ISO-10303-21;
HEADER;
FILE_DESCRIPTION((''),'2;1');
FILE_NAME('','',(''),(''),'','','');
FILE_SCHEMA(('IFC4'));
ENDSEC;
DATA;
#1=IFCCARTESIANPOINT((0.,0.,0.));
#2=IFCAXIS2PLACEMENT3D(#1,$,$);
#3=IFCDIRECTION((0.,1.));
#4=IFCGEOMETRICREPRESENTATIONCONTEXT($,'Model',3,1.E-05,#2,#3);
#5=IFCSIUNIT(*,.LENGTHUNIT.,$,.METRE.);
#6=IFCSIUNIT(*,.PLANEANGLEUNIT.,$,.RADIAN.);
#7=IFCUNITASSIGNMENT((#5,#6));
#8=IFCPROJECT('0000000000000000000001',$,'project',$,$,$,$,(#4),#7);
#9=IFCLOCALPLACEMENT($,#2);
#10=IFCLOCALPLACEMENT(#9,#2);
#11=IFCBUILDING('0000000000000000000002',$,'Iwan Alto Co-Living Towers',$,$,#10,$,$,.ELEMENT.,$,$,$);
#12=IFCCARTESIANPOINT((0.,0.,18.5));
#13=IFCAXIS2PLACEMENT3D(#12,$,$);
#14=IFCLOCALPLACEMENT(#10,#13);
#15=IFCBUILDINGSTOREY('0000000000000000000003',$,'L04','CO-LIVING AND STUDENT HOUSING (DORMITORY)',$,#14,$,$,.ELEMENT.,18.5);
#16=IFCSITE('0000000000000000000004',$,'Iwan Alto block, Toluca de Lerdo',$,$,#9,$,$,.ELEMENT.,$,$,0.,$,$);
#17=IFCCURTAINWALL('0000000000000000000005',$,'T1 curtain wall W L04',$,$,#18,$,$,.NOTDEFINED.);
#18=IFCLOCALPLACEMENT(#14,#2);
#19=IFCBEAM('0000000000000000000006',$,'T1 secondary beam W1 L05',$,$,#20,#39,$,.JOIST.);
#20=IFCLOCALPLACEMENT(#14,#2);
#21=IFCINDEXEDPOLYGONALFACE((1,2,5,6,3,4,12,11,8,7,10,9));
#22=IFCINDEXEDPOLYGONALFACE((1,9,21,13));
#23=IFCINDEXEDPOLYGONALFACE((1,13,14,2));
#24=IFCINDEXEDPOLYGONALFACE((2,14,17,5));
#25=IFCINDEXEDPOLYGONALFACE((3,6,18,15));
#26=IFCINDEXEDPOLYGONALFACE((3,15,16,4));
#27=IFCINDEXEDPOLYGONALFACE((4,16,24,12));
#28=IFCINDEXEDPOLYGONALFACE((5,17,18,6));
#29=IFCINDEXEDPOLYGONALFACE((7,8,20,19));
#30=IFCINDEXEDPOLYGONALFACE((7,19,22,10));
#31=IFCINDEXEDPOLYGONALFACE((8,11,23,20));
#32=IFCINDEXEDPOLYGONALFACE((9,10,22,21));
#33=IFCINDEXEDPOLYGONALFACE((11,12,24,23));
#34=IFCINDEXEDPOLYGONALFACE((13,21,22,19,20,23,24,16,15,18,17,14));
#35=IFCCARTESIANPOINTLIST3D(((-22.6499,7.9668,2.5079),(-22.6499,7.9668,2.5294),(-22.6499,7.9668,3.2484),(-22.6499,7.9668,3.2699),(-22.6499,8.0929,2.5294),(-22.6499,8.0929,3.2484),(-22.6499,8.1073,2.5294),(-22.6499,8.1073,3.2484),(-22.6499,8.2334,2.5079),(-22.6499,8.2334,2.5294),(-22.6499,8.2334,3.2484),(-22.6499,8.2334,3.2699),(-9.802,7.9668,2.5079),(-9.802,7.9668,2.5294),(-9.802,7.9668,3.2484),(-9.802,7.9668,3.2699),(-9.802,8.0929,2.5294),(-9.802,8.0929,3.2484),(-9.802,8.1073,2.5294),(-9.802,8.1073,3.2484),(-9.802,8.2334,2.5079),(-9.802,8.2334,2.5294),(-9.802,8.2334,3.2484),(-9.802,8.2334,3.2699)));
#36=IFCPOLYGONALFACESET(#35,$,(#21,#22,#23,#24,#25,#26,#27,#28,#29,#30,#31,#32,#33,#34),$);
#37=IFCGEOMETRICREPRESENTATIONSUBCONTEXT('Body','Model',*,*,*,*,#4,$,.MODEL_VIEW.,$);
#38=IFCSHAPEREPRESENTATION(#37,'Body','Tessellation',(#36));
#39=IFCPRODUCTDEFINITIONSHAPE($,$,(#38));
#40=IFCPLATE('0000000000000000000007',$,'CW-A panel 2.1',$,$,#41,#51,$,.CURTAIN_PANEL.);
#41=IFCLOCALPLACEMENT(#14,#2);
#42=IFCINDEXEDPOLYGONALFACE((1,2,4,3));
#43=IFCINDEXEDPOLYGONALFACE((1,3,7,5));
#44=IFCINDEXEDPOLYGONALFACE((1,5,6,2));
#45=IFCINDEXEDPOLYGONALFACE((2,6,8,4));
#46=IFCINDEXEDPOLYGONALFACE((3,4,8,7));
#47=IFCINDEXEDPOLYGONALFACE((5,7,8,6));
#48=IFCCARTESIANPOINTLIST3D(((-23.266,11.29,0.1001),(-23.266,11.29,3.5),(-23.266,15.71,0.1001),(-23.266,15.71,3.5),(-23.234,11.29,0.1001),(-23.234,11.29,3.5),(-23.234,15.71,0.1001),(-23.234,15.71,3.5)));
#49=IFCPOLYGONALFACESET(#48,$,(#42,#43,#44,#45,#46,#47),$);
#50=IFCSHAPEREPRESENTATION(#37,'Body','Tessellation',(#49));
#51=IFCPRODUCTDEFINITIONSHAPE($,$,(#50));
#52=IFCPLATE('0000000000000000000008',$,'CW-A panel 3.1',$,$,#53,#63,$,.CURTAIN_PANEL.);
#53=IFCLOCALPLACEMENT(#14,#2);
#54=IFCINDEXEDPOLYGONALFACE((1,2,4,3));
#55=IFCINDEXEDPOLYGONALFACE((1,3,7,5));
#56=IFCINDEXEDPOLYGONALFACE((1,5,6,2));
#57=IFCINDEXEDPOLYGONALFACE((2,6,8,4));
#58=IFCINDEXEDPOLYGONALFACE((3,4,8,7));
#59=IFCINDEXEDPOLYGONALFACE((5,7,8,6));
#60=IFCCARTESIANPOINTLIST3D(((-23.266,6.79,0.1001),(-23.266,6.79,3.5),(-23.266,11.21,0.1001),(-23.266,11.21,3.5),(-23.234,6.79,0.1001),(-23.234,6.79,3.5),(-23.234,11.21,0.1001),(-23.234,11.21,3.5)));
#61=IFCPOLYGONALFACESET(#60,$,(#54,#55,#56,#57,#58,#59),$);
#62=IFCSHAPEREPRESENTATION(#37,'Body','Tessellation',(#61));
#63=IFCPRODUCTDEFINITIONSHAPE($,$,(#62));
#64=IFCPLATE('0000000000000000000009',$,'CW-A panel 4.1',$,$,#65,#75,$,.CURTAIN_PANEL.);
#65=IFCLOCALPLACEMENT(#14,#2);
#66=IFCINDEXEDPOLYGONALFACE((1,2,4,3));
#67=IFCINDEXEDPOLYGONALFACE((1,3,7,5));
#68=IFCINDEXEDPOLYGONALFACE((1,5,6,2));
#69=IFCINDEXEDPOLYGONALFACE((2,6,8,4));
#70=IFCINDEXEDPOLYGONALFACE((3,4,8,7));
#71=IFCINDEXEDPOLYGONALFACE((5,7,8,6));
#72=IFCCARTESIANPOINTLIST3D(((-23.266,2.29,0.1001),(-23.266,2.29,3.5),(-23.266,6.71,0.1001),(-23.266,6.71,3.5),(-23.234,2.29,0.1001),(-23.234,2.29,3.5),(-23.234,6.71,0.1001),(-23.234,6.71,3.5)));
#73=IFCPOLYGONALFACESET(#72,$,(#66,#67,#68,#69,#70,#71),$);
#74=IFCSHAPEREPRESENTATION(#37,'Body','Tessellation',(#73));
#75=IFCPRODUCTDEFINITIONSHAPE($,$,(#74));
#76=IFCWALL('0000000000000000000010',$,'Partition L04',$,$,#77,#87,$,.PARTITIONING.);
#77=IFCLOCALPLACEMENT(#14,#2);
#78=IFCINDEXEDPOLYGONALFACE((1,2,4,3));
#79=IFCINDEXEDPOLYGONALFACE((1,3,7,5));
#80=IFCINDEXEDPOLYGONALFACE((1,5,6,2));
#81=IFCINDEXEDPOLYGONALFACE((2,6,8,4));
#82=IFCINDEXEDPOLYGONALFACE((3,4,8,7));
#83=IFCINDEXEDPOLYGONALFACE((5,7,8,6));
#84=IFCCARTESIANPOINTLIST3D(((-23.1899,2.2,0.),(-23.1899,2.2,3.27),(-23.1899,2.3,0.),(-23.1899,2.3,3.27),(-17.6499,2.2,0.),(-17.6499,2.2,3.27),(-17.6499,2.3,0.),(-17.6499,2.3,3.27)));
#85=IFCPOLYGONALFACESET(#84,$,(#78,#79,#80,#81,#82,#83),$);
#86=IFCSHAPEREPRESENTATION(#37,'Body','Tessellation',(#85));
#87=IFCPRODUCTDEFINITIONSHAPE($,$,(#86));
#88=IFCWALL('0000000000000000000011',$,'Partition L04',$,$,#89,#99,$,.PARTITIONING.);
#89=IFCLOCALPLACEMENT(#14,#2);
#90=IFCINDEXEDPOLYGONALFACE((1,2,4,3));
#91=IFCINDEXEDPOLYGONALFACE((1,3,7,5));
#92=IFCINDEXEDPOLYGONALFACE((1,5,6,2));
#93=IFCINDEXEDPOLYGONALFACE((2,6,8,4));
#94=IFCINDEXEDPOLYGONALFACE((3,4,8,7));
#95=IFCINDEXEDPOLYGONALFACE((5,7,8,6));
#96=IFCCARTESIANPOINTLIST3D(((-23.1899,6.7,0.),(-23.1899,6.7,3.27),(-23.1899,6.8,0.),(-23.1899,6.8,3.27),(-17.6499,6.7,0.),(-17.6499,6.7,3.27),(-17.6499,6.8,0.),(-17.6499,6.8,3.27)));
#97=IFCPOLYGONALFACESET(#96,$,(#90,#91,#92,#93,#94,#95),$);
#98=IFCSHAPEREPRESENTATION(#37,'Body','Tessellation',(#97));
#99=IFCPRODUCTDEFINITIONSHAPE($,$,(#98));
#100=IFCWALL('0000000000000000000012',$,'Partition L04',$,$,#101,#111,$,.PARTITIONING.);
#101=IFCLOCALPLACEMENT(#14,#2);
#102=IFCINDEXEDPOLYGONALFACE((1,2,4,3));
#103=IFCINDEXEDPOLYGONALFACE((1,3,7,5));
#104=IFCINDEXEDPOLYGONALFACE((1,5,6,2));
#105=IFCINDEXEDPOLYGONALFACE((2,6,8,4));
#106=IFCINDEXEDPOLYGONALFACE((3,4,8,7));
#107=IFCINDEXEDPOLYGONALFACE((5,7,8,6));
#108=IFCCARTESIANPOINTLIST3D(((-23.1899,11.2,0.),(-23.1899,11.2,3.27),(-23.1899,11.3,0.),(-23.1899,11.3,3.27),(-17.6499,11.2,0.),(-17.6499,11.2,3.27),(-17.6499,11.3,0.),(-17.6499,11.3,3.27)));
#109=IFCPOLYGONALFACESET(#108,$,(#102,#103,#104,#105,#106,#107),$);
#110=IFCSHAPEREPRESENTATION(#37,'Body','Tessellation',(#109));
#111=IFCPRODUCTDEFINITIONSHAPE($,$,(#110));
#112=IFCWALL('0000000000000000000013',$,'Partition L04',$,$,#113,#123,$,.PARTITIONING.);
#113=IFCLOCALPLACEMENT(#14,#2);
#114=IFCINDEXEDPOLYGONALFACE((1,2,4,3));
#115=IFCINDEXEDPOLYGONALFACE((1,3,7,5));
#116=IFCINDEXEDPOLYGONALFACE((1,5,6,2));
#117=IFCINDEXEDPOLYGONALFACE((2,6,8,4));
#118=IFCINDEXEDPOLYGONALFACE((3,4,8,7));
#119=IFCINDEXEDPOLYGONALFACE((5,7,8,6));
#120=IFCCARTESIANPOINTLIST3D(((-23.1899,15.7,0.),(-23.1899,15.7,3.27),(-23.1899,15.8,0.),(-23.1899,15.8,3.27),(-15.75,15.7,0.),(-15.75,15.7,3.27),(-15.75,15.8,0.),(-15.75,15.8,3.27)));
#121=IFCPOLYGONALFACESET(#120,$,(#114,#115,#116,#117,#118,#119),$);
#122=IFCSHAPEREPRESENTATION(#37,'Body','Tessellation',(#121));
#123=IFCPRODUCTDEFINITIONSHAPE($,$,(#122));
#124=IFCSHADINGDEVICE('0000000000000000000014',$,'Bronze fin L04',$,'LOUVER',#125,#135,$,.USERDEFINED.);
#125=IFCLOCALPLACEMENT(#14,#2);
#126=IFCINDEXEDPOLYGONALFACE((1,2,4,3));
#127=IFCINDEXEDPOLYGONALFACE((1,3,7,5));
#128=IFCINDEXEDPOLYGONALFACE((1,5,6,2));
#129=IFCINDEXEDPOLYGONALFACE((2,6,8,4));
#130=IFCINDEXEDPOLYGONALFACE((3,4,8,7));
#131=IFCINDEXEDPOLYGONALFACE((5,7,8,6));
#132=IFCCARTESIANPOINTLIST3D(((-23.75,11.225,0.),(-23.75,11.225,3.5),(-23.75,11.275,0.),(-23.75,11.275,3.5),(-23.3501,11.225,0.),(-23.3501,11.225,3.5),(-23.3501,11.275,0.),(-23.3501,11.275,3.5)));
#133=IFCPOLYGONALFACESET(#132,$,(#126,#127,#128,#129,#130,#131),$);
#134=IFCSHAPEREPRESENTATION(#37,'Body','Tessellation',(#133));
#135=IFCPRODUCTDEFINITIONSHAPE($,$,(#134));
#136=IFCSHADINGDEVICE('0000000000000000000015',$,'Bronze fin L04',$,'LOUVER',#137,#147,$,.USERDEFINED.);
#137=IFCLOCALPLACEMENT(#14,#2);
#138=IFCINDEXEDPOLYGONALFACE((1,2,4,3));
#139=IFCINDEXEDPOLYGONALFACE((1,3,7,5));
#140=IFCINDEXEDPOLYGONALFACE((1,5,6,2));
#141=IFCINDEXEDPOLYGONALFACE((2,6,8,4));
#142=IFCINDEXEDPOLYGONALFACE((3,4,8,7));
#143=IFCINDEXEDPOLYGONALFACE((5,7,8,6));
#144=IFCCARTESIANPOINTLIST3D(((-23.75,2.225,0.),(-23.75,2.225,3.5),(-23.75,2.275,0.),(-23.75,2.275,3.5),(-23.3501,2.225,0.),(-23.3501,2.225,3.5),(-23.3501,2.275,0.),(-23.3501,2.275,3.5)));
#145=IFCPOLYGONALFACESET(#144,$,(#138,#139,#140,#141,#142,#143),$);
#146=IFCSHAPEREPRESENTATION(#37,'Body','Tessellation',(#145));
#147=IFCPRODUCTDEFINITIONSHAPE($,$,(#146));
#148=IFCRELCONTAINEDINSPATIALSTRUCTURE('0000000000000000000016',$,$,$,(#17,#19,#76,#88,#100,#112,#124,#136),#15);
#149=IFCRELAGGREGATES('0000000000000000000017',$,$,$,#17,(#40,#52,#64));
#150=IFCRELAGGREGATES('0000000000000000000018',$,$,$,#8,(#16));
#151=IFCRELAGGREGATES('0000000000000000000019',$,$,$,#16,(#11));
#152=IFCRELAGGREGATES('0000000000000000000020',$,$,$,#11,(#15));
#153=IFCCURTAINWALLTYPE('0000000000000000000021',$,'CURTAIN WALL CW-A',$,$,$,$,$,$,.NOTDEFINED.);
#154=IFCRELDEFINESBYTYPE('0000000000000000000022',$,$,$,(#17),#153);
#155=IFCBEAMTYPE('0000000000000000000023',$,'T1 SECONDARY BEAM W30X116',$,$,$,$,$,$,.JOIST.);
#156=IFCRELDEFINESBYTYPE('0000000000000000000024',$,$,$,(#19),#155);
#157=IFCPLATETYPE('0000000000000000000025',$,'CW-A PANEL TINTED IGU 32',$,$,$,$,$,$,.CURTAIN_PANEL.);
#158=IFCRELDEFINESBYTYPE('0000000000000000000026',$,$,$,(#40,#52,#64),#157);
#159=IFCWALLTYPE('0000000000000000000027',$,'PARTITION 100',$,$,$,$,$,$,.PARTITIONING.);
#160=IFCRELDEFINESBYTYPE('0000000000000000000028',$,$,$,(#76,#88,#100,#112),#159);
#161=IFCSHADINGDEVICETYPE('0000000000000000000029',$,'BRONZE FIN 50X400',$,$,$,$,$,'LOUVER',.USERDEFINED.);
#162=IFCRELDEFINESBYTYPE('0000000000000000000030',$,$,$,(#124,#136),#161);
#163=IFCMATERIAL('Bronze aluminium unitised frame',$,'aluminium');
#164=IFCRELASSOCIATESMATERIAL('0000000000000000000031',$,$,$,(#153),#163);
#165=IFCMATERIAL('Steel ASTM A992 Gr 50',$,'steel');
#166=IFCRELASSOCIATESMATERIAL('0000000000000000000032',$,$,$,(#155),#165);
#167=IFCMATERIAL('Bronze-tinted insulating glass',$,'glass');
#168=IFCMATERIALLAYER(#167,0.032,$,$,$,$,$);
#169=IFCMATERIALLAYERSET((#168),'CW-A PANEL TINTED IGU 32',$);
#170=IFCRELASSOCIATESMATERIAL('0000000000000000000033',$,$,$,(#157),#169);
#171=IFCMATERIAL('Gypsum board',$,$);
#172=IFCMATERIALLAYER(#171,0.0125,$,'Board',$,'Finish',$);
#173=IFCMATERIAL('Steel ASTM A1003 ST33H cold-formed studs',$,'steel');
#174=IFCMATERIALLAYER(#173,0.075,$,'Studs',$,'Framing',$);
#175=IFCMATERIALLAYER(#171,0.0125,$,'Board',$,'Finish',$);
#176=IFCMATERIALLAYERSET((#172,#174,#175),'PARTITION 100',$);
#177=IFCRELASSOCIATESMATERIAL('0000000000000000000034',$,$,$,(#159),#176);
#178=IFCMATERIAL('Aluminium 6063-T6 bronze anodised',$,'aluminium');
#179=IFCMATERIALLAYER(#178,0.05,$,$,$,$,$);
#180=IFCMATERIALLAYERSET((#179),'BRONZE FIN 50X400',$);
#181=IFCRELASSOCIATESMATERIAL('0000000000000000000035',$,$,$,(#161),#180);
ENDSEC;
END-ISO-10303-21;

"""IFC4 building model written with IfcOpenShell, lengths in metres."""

from ifc_helpers import new_model, si_unit, direction, frame, frame_2d, origin, origin_2d, place, context, subcontext, project, spatial, rectangle, i_section, extrude, material, layer, layer_set, material_profile, profile_set, type_object, element, aggregate, save


model = new_model("IFC4")

# Units and contexts
model_context = context("Model", 3, precision=1e-05, world=origin(), true_north=direction((0.0, 1.0)))
body_context = subcontext(model_context, "Body", "Model", "MODEL_VIEW")
ifc_project = project(units=[si_unit("LENGTHUNIT", "METRE"), si_unit("PLANEANGLEUNIT", "RADIAN")], contexts=[model_context])

# Site, building, storey
site_placement = place(None, origin())
site = spatial("IfcSite", under=ifc_project, at=site_placement, Name="Iwan Alto block, Toluca de Lerdo", CompositionType="ELEMENT", RefElevation=0.0)
building_placement = place(site_placement, origin())
building = spatial("IfcBuilding", under=site, at=building_placement, Name="Iwan Alto Co-Living Towers", CompositionType="ELEMENT")
storey_placement = place(building_placement, frame((0.0, 0.0, 18.5)))
storey = spatial("IfcBuildingStorey", under=building, at=storey_placement, Name="L04", Description="CO-LIVING AND STUDENT HOUSING (DORMITORY)", CompositionType="ELEMENT", Elevation=18.5)

# Curtain wall
ifc_material_1 = material(Name="Bronze aluminium unitised frame", Category="aluminium")
curtain_wall_type = type_object("IfcCurtainWallType", Name="CURTAIN WALL CW-A", PredefinedType="NOTDEFINED", material=ifc_material_1)
curtain_wall_placement = place(storey_placement, origin())
curtain_wall = element("IfcCurtainWall", 1, at=curtain_wall_placement, inside=storey, type_object=curtain_wall_type, Name="T1 curtain wall W L04", PredefinedType="NOTDEFINED")

# Beam
ifc_material_2 = material(Name="Steel ASTM A992 Gr 50", Category="steel")
ifc_material_profile_1 = material_profile(ifc_material_2, i_section(OverallWidth=0.2666, OverallDepth=0.762, WebThickness=0.0144, FlangeThickness=0.0215, at=origin_2d()), Name="W30X116")
ifc_profile_set_1 = profile_set([ifc_material_profile_1], Name="Steel ASTM A992 Gr 50")
beam_type_1 = type_object("IfcBeamType", Name="T1 SECONDARY BEAM W30X116", PredefinedType="JOIST", material=ifc_profile_set_1)
beam_1_placement = place(storey_placement, frame((-22.6499, 8.1001, 2.8889), z_axis=(1.0, 0.0, 0.0), x_axis=(0.0, 1.0, 0.0)))
element("IfcBeam", 2, at=beam_1_placement, inside=storey, type_object=beam_type_1, Name="T1 secondary beam W1 L05", PredefinedType="JOIST", context=body_context, shape_type="SweptSolid", body=[
    extrude(i_section(OverallWidth=0.2666, OverallDepth=0.762, WebThickness=0.0144, FlangeThickness=0.0215, at=origin_2d()), origin(), (0.0, 0.0, 1.0), 12.8479),
])

# Plates
ifc_material_3 = material(Name="Bronze-tinted insulating glass", Category="glass")
ifc_layer_1 = layer(ifc_material_3, 0.032)
ifc_layer_set_1 = layer_set([ifc_layer_1], Name="CW-A PANEL TINTED IGU 32")
plate_type = type_object("IfcPlateType", Name="CW-A PANEL TINTED IGU 32", PredefinedType="CURTAIN_PANEL", material=ifc_layer_set_1)
plate_1_placement = place(storey_placement, frame((-23.25, 13.5, 0.1001), z_axis=(0.0, 0.0, 1.0), x_axis=(0.0, -1.0, 0.0)))
plate_1 = element("IfcPlate", 3, at=plate_1_placement, type_object=plate_type, Name="CW-A panel 2.1", PredefinedType="CURTAIN_PANEL", context=body_context, shape_type="SweptSolid", body=[
    extrude(rectangle(XDim=4.4199, YDim=0.032, at=origin_2d()), origin(), (0.0, 0.0, 1.0), 3.3999),
])
plate_2_placement = place(storey_placement, frame((-23.25, 9.0, 0.1001), z_axis=(0.0, 0.0, 1.0), x_axis=(0.0, -1.0, 0.0)))
plate_2 = element("IfcPlate", 4, at=plate_2_placement, type_object=plate_type, Name="CW-A panel 3.1", PredefinedType="CURTAIN_PANEL", context=body_context, shape_type="SweptSolid", body=[
    extrude(rectangle(XDim=4.4199, YDim=0.032, at=origin_2d()), origin(), (0.0, 0.0, 1.0), 3.3999),
])
plate_3_placement = place(storey_placement, frame((-23.25, 4.5, 0.1001), z_axis=(0.0, 0.0, 1.0), x_axis=(0.0, -1.0, 0.0)))
plate_3 = element("IfcPlate", 5, at=plate_3_placement, type_object=plate_type, Name="CW-A panel 4.1", PredefinedType="CURTAIN_PANEL", context=body_context, shape_type="SweptSolid", body=[
    extrude(rectangle(XDim=4.4199, YDim=0.032, at=origin_2d()), origin(), (0.0, 0.0, 1.0), 3.3999),
])
aggregate(curtain_wall, [plate_1, plate_2, plate_3])

# Walls
ifc_material_4 = material(Name="Gypsum board")
ifc_layer_2 = layer(ifc_material_4, 0.0125, Name="Board", Category="Finish")
ifc_material_5 = material(Name="Steel ASTM A1003 ST33H cold-formed studs", Category="steel")
ifc_layer_3 = layer(ifc_material_5, 0.075, Name="Studs", Category="Framing")
ifc_layer_4 = layer(ifc_material_4, 0.0125, Name="Board", Category="Finish")
ifc_layer_set_2 = layer_set([ifc_layer_2, ifc_layer_3, ifc_layer_4], Name="PARTITION 100")
wall_type = type_object("IfcWallType", Name="PARTITION 100", PredefinedType="PARTITIONING", material=ifc_layer_set_2)
for number, where, z_axis, x_axis, name in (
    (6, (-23.1899, 2.25, 0.0), (0.0, 0.0, 1.0), (1.0, 0.0, 0.0), "Partition L04"),
    (7, (-23.1899, 6.75, 0.0), (0.0, 0.0, 1.0), (1.0, 0.0, 0.0), "Partition L04"),
    (8, (-23.1899, 11.25, 0.0), (0.0, 0.0, 1.0), (1.0, 0.0, 0.0), "Partition L04"),
):
    element("IfcWall", number, at=place(storey_placement, frame(where, z_axis=z_axis, x_axis=x_axis)), inside=storey, type_object=wall_type, Name=name, PredefinedType="PARTITIONING", context=body_context, shape_type="SweptSolid", body=[
        extrude(rectangle(XDim=5.54, YDim=0.1001, at=frame_2d((2.77, 0.0))), origin(), (0.0, 0.0, 1.0), 3.27),
    ])
wall_placement = place(storey_placement, frame((-23.1899, 15.75, 0.0), z_axis=(0.0, 0.0, 1.0), x_axis=(1.0, 0.0, 0.0)))
element("IfcWall", 9, at=wall_placement, inside=storey, type_object=wall_type, Name="Partition L04", PredefinedType="PARTITIONING", context=body_context, shape_type="SweptSolid", body=[
    extrude(rectangle(XDim=7.4399, YDim=0.1001, at=frame_2d((3.72, 0.0))), origin(), (0.0, 0.0, 1.0), 3.27),
])

# Shading devices
ifc_material_6 = material(Name="Aluminium 6063-T6 bronze anodised", Category="aluminium")
ifc_layer_5 = layer(ifc_material_6, 0.05)
ifc_layer_set_3 = layer_set([ifc_layer_5], Name="BRONZE FIN 50X400")
shading_device_type = type_object("IfcShadingDeviceType", Name="BRONZE FIN 50X400", ElementType="LOUVER", PredefinedType="USERDEFINED", material=ifc_layer_set_3)
for number, where, z_axis, x_axis, name in (
    (10, (-23.55, 11.25, 0.0), (0.0, 0.0, 1.0), (0.0, -1.0, 0.0), "Bronze fin L04"),
    (11, (-23.55, 2.25, 0.0), (0.0, 0.0, 1.0), (0.0, -1.0, 0.0), "Bronze fin L04"),
):
    element("IfcShadingDevice", number, at=place(storey_placement, frame(where, z_axis=z_axis, x_axis=x_axis)), inside=storey, type_object=shading_device_type, Name=name, ObjectType="LOUVER", PredefinedType="USERDEFINED", context=body_context, shape_type="SweptSolid", body=[
        extrude(rectangle(XDim=0.05, YDim=0.3999, at=origin_2d()), origin(), (0.0, 0.0, 1.0), 3.5),
    ])

save(model, "model.ifc")
